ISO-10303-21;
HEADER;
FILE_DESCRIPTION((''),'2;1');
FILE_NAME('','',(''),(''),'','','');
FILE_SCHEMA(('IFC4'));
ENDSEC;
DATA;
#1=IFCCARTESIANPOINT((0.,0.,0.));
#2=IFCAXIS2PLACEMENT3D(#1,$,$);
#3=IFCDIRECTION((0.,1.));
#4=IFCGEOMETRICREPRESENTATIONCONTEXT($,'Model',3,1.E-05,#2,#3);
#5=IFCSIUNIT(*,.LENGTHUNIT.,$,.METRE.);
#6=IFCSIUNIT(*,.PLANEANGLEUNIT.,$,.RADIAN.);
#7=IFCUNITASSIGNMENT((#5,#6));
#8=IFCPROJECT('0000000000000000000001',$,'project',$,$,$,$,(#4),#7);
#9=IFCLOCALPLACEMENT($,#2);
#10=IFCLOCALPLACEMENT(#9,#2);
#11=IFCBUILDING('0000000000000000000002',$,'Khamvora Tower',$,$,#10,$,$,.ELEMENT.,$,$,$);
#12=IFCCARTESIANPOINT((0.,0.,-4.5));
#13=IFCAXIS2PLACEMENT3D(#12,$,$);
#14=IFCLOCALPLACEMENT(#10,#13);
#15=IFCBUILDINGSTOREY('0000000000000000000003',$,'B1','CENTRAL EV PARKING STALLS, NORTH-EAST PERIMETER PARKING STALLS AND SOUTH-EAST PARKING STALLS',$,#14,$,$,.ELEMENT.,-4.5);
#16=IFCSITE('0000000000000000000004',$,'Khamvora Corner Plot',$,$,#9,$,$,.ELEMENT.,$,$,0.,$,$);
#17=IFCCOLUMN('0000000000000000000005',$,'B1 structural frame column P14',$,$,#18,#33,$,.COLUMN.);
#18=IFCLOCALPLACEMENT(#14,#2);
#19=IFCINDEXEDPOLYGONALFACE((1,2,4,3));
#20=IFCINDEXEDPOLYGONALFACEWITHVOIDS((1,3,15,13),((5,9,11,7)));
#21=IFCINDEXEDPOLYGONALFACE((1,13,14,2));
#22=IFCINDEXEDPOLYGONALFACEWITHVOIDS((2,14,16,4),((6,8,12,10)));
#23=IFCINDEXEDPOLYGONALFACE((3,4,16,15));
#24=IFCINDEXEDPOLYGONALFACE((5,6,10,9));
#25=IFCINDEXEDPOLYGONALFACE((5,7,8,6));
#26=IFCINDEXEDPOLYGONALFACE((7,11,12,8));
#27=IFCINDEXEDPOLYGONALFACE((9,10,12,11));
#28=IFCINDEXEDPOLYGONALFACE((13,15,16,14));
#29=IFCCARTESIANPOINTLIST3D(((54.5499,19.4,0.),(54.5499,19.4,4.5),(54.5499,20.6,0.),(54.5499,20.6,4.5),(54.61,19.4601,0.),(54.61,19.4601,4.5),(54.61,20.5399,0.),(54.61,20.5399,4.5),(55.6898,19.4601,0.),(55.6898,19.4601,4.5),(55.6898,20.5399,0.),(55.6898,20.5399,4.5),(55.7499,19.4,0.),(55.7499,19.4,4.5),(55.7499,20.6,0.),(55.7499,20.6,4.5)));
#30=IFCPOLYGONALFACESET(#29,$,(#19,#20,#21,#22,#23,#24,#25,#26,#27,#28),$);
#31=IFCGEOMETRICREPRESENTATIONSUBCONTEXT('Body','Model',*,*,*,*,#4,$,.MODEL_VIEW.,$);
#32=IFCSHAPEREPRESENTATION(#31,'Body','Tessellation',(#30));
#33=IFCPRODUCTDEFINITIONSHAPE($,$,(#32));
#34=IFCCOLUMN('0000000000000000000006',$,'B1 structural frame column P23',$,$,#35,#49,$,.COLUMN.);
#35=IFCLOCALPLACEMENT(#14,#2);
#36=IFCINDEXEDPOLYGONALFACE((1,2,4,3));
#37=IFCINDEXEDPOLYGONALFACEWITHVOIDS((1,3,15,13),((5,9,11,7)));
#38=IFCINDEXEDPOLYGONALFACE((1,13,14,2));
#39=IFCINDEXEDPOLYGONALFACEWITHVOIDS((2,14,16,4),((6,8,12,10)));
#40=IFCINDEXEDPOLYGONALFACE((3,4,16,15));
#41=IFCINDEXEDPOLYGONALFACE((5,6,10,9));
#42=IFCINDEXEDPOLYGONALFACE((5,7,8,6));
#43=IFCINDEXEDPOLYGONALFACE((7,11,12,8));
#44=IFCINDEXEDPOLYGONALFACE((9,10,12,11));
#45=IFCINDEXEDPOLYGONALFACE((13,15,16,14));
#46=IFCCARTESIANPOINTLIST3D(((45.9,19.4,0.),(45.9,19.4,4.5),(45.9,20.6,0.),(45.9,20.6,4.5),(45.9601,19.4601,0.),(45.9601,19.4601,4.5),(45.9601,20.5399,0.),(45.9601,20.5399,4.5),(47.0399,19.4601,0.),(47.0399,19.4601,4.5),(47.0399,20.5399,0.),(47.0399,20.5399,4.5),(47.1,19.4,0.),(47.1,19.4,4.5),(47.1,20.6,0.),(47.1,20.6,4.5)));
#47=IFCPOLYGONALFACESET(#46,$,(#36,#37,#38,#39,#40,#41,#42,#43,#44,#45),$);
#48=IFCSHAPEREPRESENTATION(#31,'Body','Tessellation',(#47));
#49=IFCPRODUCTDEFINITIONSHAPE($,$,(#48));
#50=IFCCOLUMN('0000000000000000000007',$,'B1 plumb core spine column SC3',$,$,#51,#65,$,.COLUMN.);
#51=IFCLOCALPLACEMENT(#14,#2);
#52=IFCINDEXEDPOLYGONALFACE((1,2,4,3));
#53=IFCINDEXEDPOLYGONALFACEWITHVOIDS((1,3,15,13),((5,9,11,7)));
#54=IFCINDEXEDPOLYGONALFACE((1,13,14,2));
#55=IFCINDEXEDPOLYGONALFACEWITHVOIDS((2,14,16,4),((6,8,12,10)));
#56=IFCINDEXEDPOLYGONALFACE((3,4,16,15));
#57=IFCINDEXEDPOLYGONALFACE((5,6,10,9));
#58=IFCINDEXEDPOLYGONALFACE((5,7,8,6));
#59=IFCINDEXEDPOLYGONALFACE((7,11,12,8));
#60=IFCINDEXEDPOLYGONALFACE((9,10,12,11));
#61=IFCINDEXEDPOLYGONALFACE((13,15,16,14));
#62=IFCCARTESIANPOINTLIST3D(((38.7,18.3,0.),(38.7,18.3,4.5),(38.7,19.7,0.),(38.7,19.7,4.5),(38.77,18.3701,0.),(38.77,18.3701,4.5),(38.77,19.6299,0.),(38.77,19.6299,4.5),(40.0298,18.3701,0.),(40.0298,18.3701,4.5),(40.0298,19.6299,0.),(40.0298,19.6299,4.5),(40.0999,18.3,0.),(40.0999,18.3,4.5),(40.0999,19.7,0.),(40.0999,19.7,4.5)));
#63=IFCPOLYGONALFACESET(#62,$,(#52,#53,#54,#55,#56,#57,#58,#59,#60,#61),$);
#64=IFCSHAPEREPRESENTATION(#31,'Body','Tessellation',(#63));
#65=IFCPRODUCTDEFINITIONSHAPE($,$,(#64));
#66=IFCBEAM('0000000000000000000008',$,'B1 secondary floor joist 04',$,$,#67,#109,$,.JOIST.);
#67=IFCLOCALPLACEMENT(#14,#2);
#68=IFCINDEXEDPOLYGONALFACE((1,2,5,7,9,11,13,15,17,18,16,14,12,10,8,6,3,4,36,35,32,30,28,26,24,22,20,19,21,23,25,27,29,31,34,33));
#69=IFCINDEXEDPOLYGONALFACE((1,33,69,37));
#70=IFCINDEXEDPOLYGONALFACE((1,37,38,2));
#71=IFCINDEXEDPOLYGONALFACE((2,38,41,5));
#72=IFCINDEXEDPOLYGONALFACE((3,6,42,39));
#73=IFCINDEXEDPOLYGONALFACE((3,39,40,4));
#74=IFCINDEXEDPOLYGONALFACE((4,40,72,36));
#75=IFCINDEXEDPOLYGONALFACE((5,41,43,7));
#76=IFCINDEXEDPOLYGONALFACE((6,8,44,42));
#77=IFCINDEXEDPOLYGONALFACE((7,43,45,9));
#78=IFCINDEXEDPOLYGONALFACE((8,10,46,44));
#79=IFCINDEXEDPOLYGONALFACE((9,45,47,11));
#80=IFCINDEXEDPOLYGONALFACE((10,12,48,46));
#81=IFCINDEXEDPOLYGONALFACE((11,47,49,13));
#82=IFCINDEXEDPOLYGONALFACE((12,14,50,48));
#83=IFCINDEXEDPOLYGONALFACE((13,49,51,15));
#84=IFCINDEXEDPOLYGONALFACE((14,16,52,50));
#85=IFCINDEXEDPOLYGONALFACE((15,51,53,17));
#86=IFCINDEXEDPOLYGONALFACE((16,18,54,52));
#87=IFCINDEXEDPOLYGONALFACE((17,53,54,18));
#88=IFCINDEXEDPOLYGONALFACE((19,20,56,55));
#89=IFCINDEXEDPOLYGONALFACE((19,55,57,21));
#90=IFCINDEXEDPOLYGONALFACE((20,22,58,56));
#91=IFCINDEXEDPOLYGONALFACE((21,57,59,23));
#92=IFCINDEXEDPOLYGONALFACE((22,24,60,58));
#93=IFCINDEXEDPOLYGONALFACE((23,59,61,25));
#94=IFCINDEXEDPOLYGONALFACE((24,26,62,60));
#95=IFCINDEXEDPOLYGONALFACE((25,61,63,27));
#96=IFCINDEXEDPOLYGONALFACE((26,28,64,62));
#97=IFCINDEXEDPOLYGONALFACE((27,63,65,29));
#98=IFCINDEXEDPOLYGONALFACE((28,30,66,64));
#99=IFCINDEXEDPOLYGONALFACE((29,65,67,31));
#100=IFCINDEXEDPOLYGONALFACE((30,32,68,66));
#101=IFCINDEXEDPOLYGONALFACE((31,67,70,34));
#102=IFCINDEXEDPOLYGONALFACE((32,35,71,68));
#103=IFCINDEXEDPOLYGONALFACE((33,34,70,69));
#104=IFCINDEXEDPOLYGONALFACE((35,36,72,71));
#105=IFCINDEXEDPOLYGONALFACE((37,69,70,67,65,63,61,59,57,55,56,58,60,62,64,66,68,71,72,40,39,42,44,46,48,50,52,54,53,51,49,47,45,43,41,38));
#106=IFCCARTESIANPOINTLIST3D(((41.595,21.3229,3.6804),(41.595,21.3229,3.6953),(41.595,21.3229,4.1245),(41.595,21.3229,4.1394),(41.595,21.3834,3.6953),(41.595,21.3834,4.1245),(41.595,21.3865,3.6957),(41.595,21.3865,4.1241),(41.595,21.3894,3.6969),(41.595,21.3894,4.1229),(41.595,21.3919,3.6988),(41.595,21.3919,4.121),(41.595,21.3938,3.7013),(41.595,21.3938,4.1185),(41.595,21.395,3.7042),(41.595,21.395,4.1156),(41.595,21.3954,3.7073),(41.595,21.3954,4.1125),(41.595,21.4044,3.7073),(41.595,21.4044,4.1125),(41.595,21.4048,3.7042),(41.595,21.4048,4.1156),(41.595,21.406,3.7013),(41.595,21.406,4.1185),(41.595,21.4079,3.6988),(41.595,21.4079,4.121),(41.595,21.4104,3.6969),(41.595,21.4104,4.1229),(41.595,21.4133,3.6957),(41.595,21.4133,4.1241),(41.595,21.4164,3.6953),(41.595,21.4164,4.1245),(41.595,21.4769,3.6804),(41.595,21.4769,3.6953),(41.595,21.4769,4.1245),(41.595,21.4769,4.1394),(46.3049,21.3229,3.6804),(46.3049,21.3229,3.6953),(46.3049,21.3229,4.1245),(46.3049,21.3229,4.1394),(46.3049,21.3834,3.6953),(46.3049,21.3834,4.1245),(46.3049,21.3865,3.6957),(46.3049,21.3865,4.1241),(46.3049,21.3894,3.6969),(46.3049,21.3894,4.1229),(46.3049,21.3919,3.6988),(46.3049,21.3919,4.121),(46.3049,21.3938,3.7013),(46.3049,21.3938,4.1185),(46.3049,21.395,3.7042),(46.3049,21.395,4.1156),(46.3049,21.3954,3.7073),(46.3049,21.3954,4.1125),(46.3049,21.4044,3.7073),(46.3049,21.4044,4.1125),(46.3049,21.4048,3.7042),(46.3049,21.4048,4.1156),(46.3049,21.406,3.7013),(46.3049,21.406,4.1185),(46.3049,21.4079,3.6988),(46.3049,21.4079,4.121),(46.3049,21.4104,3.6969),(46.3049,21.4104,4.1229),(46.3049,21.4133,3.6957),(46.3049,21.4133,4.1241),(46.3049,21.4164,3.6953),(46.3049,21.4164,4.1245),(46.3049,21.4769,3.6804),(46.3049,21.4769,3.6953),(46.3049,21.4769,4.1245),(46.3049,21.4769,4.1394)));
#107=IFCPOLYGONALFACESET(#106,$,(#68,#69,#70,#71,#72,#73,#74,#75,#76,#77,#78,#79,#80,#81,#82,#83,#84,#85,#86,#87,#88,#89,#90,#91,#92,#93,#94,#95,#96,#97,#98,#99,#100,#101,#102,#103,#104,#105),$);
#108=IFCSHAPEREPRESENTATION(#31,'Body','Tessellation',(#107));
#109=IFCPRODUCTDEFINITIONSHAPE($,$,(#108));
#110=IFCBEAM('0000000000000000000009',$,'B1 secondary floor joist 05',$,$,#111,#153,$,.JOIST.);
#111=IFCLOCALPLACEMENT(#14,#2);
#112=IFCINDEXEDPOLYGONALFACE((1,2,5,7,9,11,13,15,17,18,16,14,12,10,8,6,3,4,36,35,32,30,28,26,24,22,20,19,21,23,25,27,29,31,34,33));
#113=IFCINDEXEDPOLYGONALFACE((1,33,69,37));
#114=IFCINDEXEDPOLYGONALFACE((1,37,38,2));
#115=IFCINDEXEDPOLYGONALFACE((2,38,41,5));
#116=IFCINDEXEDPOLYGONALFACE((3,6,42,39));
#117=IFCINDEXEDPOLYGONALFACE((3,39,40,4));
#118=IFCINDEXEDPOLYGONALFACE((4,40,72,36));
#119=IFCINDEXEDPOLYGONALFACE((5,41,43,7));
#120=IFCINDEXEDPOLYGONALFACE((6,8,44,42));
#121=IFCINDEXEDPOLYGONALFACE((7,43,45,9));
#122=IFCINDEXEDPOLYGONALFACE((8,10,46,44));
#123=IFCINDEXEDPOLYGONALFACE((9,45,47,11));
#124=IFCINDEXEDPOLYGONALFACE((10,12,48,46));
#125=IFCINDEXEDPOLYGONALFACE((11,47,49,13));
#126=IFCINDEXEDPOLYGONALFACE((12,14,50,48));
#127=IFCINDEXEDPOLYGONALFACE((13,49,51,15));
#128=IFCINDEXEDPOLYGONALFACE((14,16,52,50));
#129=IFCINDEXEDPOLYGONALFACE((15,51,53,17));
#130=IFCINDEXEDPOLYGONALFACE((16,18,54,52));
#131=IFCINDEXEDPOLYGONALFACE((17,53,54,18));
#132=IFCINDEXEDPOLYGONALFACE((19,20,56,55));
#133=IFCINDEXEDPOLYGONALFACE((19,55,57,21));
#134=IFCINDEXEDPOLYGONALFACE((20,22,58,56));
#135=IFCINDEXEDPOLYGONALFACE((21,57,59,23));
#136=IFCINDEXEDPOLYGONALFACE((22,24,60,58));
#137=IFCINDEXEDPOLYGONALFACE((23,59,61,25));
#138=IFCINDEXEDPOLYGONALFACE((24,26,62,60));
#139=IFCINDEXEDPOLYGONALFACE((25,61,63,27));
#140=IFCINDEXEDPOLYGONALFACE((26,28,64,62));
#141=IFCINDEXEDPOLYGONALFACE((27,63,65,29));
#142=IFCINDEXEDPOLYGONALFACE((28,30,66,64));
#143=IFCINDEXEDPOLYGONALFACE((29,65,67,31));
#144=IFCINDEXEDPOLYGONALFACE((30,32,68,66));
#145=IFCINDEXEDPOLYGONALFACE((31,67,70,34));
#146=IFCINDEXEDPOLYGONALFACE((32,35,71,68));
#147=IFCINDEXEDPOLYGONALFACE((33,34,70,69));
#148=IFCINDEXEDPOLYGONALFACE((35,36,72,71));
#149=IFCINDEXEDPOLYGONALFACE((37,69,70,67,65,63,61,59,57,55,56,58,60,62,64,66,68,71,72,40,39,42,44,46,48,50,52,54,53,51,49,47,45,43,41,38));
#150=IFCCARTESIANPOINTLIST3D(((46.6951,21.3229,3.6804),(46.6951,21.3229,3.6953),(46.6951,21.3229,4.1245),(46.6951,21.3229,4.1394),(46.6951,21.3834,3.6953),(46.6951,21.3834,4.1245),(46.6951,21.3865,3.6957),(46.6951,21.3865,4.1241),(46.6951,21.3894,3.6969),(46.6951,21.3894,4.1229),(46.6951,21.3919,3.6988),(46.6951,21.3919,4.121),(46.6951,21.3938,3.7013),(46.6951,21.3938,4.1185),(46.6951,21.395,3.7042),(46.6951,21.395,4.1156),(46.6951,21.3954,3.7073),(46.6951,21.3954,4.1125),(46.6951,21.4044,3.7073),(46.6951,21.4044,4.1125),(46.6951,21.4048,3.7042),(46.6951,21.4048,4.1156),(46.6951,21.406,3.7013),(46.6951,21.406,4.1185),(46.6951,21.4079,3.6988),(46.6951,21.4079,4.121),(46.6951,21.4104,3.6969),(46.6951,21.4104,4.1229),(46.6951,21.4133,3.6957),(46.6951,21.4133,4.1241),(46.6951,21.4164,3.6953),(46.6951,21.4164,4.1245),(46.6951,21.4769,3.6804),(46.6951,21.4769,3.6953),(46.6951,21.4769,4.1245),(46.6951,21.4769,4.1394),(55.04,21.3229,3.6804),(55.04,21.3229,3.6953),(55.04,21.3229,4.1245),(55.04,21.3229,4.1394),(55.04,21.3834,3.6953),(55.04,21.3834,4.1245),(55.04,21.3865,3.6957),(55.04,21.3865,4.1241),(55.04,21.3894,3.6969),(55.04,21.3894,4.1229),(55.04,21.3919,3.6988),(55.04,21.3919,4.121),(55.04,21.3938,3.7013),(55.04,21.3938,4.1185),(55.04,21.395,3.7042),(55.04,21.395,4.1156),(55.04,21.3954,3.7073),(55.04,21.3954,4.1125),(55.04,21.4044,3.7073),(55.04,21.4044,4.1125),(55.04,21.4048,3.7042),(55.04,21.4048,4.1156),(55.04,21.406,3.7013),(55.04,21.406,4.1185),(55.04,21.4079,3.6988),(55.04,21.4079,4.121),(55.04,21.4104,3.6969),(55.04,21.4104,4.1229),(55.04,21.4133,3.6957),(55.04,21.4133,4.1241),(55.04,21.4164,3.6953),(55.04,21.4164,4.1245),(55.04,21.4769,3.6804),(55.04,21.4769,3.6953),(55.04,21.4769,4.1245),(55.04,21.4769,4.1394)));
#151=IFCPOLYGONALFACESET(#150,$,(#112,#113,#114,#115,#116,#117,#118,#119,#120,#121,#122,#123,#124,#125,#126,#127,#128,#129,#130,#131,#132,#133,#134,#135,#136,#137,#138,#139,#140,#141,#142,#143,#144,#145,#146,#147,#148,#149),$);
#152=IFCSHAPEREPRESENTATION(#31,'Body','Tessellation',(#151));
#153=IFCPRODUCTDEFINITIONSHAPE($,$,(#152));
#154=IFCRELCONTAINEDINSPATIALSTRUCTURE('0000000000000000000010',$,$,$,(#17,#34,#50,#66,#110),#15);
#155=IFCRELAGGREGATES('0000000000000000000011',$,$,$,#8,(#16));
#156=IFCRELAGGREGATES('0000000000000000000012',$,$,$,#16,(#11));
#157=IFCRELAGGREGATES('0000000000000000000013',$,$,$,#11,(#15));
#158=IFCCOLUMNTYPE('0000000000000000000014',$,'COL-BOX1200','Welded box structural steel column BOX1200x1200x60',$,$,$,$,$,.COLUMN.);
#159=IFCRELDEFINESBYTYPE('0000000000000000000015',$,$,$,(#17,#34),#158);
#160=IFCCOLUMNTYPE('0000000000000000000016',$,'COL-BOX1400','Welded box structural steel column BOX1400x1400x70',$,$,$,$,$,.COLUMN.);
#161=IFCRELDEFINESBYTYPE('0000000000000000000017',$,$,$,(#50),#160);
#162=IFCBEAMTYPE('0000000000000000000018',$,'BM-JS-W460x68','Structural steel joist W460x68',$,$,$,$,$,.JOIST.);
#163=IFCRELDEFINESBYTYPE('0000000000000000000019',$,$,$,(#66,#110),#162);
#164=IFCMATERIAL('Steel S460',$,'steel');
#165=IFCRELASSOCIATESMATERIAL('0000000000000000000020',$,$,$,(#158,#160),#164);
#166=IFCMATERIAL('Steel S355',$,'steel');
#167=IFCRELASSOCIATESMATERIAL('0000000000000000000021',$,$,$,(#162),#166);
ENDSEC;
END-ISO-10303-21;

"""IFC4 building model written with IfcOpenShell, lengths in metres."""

from ifc_helpers import new_model, si_unit, direction, frame, origin, origin_2d, place, context, subcontext, project, spatial, hollow_rectangle, i_section, extrude, material, material_profile, profile_set, type_object, element, save


model = new_model("IFC4")

# Units and contexts
model_context = context("Model", 3, precision=1e-05, world=origin(), true_north=direction((0.0, 1.0)))
body_context = subcontext(model_context, "Body", "Model", "MODEL_VIEW")
ifc_project = project(units=[si_unit("LENGTHUNIT", "METRE"), si_unit("PLANEANGLEUNIT", "RADIAN")], contexts=[model_context])

# Site, building, storey
site_placement = place(None, origin())
site = spatial("IfcSite", under=ifc_project, at=site_placement, Name="Khamvora Corner Plot", CompositionType="ELEMENT", RefElevation=0.0)
building_placement = place(site_placement, origin())
building = spatial("IfcBuilding", under=site, at=building_placement, Name="Khamvora Tower", CompositionType="ELEMENT")
storey_placement = place(building_placement, frame((0.0, 0.0, -4.5)))
storey = spatial("IfcBuildingStorey", under=building, at=storey_placement, Name="B1", Description="CENTRAL EV PARKING STALLS, NORTH-EAST PERIMETER PARKING STALLS AND SOUTH-EAST PARKING STALLS", CompositionType="ELEMENT", Elevation=-4.5)

# Columns
ifc_material_1 = material(Name="Steel S460", Category="steel")
ifc_material_profile_1 = material_profile(ifc_material_1, hollow_rectangle(XDim=1.2, YDim=1.2, WallThickness=0.0601, at=origin_2d()), Name="BOX1200x1200x60")
ifc_profile_set_1 = profile_set([ifc_material_profile_1], Name="Steel S460")
column_type_1 = type_object("IfcColumnType", Name="COL-BOX1200", Description="Welded box structural steel column BOX1200x1200x60", PredefinedType="COLUMN", material=ifc_profile_set_1)
for number, where, z_axis, x_axis, name in (
    (1, (55.1499, 20.0, 0.0), (0.0, 0.0, 1.0), (1.0, 0.0, 0.0), "B1 structural frame column P14"),
    (2, (46.5, 20.0, 0.0), (0.0, 0.0, 1.0), (1.0, 0.0, 0.0), "B1 structural frame column P23"),
):
    element("IfcColumn", number, at=place(storey_placement, frame(where, z_axis=z_axis, x_axis=x_axis)), inside=storey, type_object=column_type_1, Name=name, PredefinedType="COLUMN", context=body_context, shape_type="SweptSolid", body=[
        extrude(hollow_rectangle(XDim=1.2, YDim=1.2, WallThickness=0.0601, at=origin_2d()), origin(), (0.0, 0.0, 1.0), 4.5),
    ])
ifc_material_profile_2 = material_profile(ifc_material_1, hollow_rectangle(XDim=1.3999, YDim=1.3999, WallThickness=0.0701, at=origin_2d()), Name="BOX1400x1400x70")
ifc_profile_set_2 = profile_set([ifc_material_profile_2], Name="Steel S460")
column_type_2 = type_object("IfcColumnType", Name="COL-BOX1400", Description="Welded box structural steel column BOX1400x1400x70", PredefinedType="COLUMN", material=ifc_profile_set_2)
column_placement = place(storey_placement, frame((39.3999, 19.0, 0.0), z_axis=(0.0, 0.0, 1.0), x_axis=(1.0, 0.0, 0.0)))
element("IfcColumn", 3, at=column_placement, inside=storey, type_object=column_type_2, Name="B1 plumb core spine column SC3", PredefinedType="COLUMN", context=body_context, shape_type="SweptSolid", body=[
    extrude(hollow_rectangle(XDim=1.3999, YDim=1.3999, WallThickness=0.0701, at=origin_2d()), origin(), (0.0, 0.0, 1.0), 4.5),
])

# Beams
ifc_material_2 = material(Name="Steel S355", Category="steel")
ifc_material_profile_3 = material_profile(ifc_material_2, i_section(OverallWidth=0.1541, OverallDepth=0.459, WebThickness=0.009, FlangeThickness=0.0149, FilletRadius=0.012, at=origin_2d()), Name="W460x68")
ifc_profile_set_3 = profile_set([ifc_material_profile_3], Name="Steel S355")
beam_type_1 = type_object("IfcBeamType", Name="BM-JS-W460x68", Description="Structural steel joist W460x68", PredefinedType="JOIST", material=ifc_profile_set_3)
beam_1_placement = place(storey_placement, frame((41.595, 21.3999, 3.9099), z_axis=(1.0, 0.0, 0.0), x_axis=(0.0, 1.0, 0.0)))
element("IfcBeam", 4, at=beam_1_placement, inside=storey, type_object=beam_type_1, Name="B1 secondary floor joist 04", PredefinedType="JOIST", context=body_context, shape_type="SweptSolid", body=[
    extrude(i_section(OverallWidth=0.1541, OverallDepth=0.459, WebThickness=0.009, FlangeThickness=0.0149, FilletRadius=0.012, at=origin_2d()), origin(), (0.0, 0.0, 1.0), 4.71),
])
beam_2_placement = place(storey_placement, frame((46.6951, 21.3999, 3.9099), z_axis=(1.0, 0.0, 0.0), x_axis=(0.0, 1.0, 0.0)))
element("IfcBeam", 5, at=beam_2_placement, inside=storey, type_object=beam_type_1, Name="B1 secondary floor joist 05", PredefinedType="JOIST", context=body_context, shape_type="SweptSolid", body=[
    extrude(i_section(OverallWidth=0.1541, OverallDepth=0.459, WebThickness=0.009, FlangeThickness=0.0149, FilletRadius=0.012, at=origin_2d()), origin(), (0.0, 0.0, 1.0), 8.345),
])

save(model, "model.ifc")
